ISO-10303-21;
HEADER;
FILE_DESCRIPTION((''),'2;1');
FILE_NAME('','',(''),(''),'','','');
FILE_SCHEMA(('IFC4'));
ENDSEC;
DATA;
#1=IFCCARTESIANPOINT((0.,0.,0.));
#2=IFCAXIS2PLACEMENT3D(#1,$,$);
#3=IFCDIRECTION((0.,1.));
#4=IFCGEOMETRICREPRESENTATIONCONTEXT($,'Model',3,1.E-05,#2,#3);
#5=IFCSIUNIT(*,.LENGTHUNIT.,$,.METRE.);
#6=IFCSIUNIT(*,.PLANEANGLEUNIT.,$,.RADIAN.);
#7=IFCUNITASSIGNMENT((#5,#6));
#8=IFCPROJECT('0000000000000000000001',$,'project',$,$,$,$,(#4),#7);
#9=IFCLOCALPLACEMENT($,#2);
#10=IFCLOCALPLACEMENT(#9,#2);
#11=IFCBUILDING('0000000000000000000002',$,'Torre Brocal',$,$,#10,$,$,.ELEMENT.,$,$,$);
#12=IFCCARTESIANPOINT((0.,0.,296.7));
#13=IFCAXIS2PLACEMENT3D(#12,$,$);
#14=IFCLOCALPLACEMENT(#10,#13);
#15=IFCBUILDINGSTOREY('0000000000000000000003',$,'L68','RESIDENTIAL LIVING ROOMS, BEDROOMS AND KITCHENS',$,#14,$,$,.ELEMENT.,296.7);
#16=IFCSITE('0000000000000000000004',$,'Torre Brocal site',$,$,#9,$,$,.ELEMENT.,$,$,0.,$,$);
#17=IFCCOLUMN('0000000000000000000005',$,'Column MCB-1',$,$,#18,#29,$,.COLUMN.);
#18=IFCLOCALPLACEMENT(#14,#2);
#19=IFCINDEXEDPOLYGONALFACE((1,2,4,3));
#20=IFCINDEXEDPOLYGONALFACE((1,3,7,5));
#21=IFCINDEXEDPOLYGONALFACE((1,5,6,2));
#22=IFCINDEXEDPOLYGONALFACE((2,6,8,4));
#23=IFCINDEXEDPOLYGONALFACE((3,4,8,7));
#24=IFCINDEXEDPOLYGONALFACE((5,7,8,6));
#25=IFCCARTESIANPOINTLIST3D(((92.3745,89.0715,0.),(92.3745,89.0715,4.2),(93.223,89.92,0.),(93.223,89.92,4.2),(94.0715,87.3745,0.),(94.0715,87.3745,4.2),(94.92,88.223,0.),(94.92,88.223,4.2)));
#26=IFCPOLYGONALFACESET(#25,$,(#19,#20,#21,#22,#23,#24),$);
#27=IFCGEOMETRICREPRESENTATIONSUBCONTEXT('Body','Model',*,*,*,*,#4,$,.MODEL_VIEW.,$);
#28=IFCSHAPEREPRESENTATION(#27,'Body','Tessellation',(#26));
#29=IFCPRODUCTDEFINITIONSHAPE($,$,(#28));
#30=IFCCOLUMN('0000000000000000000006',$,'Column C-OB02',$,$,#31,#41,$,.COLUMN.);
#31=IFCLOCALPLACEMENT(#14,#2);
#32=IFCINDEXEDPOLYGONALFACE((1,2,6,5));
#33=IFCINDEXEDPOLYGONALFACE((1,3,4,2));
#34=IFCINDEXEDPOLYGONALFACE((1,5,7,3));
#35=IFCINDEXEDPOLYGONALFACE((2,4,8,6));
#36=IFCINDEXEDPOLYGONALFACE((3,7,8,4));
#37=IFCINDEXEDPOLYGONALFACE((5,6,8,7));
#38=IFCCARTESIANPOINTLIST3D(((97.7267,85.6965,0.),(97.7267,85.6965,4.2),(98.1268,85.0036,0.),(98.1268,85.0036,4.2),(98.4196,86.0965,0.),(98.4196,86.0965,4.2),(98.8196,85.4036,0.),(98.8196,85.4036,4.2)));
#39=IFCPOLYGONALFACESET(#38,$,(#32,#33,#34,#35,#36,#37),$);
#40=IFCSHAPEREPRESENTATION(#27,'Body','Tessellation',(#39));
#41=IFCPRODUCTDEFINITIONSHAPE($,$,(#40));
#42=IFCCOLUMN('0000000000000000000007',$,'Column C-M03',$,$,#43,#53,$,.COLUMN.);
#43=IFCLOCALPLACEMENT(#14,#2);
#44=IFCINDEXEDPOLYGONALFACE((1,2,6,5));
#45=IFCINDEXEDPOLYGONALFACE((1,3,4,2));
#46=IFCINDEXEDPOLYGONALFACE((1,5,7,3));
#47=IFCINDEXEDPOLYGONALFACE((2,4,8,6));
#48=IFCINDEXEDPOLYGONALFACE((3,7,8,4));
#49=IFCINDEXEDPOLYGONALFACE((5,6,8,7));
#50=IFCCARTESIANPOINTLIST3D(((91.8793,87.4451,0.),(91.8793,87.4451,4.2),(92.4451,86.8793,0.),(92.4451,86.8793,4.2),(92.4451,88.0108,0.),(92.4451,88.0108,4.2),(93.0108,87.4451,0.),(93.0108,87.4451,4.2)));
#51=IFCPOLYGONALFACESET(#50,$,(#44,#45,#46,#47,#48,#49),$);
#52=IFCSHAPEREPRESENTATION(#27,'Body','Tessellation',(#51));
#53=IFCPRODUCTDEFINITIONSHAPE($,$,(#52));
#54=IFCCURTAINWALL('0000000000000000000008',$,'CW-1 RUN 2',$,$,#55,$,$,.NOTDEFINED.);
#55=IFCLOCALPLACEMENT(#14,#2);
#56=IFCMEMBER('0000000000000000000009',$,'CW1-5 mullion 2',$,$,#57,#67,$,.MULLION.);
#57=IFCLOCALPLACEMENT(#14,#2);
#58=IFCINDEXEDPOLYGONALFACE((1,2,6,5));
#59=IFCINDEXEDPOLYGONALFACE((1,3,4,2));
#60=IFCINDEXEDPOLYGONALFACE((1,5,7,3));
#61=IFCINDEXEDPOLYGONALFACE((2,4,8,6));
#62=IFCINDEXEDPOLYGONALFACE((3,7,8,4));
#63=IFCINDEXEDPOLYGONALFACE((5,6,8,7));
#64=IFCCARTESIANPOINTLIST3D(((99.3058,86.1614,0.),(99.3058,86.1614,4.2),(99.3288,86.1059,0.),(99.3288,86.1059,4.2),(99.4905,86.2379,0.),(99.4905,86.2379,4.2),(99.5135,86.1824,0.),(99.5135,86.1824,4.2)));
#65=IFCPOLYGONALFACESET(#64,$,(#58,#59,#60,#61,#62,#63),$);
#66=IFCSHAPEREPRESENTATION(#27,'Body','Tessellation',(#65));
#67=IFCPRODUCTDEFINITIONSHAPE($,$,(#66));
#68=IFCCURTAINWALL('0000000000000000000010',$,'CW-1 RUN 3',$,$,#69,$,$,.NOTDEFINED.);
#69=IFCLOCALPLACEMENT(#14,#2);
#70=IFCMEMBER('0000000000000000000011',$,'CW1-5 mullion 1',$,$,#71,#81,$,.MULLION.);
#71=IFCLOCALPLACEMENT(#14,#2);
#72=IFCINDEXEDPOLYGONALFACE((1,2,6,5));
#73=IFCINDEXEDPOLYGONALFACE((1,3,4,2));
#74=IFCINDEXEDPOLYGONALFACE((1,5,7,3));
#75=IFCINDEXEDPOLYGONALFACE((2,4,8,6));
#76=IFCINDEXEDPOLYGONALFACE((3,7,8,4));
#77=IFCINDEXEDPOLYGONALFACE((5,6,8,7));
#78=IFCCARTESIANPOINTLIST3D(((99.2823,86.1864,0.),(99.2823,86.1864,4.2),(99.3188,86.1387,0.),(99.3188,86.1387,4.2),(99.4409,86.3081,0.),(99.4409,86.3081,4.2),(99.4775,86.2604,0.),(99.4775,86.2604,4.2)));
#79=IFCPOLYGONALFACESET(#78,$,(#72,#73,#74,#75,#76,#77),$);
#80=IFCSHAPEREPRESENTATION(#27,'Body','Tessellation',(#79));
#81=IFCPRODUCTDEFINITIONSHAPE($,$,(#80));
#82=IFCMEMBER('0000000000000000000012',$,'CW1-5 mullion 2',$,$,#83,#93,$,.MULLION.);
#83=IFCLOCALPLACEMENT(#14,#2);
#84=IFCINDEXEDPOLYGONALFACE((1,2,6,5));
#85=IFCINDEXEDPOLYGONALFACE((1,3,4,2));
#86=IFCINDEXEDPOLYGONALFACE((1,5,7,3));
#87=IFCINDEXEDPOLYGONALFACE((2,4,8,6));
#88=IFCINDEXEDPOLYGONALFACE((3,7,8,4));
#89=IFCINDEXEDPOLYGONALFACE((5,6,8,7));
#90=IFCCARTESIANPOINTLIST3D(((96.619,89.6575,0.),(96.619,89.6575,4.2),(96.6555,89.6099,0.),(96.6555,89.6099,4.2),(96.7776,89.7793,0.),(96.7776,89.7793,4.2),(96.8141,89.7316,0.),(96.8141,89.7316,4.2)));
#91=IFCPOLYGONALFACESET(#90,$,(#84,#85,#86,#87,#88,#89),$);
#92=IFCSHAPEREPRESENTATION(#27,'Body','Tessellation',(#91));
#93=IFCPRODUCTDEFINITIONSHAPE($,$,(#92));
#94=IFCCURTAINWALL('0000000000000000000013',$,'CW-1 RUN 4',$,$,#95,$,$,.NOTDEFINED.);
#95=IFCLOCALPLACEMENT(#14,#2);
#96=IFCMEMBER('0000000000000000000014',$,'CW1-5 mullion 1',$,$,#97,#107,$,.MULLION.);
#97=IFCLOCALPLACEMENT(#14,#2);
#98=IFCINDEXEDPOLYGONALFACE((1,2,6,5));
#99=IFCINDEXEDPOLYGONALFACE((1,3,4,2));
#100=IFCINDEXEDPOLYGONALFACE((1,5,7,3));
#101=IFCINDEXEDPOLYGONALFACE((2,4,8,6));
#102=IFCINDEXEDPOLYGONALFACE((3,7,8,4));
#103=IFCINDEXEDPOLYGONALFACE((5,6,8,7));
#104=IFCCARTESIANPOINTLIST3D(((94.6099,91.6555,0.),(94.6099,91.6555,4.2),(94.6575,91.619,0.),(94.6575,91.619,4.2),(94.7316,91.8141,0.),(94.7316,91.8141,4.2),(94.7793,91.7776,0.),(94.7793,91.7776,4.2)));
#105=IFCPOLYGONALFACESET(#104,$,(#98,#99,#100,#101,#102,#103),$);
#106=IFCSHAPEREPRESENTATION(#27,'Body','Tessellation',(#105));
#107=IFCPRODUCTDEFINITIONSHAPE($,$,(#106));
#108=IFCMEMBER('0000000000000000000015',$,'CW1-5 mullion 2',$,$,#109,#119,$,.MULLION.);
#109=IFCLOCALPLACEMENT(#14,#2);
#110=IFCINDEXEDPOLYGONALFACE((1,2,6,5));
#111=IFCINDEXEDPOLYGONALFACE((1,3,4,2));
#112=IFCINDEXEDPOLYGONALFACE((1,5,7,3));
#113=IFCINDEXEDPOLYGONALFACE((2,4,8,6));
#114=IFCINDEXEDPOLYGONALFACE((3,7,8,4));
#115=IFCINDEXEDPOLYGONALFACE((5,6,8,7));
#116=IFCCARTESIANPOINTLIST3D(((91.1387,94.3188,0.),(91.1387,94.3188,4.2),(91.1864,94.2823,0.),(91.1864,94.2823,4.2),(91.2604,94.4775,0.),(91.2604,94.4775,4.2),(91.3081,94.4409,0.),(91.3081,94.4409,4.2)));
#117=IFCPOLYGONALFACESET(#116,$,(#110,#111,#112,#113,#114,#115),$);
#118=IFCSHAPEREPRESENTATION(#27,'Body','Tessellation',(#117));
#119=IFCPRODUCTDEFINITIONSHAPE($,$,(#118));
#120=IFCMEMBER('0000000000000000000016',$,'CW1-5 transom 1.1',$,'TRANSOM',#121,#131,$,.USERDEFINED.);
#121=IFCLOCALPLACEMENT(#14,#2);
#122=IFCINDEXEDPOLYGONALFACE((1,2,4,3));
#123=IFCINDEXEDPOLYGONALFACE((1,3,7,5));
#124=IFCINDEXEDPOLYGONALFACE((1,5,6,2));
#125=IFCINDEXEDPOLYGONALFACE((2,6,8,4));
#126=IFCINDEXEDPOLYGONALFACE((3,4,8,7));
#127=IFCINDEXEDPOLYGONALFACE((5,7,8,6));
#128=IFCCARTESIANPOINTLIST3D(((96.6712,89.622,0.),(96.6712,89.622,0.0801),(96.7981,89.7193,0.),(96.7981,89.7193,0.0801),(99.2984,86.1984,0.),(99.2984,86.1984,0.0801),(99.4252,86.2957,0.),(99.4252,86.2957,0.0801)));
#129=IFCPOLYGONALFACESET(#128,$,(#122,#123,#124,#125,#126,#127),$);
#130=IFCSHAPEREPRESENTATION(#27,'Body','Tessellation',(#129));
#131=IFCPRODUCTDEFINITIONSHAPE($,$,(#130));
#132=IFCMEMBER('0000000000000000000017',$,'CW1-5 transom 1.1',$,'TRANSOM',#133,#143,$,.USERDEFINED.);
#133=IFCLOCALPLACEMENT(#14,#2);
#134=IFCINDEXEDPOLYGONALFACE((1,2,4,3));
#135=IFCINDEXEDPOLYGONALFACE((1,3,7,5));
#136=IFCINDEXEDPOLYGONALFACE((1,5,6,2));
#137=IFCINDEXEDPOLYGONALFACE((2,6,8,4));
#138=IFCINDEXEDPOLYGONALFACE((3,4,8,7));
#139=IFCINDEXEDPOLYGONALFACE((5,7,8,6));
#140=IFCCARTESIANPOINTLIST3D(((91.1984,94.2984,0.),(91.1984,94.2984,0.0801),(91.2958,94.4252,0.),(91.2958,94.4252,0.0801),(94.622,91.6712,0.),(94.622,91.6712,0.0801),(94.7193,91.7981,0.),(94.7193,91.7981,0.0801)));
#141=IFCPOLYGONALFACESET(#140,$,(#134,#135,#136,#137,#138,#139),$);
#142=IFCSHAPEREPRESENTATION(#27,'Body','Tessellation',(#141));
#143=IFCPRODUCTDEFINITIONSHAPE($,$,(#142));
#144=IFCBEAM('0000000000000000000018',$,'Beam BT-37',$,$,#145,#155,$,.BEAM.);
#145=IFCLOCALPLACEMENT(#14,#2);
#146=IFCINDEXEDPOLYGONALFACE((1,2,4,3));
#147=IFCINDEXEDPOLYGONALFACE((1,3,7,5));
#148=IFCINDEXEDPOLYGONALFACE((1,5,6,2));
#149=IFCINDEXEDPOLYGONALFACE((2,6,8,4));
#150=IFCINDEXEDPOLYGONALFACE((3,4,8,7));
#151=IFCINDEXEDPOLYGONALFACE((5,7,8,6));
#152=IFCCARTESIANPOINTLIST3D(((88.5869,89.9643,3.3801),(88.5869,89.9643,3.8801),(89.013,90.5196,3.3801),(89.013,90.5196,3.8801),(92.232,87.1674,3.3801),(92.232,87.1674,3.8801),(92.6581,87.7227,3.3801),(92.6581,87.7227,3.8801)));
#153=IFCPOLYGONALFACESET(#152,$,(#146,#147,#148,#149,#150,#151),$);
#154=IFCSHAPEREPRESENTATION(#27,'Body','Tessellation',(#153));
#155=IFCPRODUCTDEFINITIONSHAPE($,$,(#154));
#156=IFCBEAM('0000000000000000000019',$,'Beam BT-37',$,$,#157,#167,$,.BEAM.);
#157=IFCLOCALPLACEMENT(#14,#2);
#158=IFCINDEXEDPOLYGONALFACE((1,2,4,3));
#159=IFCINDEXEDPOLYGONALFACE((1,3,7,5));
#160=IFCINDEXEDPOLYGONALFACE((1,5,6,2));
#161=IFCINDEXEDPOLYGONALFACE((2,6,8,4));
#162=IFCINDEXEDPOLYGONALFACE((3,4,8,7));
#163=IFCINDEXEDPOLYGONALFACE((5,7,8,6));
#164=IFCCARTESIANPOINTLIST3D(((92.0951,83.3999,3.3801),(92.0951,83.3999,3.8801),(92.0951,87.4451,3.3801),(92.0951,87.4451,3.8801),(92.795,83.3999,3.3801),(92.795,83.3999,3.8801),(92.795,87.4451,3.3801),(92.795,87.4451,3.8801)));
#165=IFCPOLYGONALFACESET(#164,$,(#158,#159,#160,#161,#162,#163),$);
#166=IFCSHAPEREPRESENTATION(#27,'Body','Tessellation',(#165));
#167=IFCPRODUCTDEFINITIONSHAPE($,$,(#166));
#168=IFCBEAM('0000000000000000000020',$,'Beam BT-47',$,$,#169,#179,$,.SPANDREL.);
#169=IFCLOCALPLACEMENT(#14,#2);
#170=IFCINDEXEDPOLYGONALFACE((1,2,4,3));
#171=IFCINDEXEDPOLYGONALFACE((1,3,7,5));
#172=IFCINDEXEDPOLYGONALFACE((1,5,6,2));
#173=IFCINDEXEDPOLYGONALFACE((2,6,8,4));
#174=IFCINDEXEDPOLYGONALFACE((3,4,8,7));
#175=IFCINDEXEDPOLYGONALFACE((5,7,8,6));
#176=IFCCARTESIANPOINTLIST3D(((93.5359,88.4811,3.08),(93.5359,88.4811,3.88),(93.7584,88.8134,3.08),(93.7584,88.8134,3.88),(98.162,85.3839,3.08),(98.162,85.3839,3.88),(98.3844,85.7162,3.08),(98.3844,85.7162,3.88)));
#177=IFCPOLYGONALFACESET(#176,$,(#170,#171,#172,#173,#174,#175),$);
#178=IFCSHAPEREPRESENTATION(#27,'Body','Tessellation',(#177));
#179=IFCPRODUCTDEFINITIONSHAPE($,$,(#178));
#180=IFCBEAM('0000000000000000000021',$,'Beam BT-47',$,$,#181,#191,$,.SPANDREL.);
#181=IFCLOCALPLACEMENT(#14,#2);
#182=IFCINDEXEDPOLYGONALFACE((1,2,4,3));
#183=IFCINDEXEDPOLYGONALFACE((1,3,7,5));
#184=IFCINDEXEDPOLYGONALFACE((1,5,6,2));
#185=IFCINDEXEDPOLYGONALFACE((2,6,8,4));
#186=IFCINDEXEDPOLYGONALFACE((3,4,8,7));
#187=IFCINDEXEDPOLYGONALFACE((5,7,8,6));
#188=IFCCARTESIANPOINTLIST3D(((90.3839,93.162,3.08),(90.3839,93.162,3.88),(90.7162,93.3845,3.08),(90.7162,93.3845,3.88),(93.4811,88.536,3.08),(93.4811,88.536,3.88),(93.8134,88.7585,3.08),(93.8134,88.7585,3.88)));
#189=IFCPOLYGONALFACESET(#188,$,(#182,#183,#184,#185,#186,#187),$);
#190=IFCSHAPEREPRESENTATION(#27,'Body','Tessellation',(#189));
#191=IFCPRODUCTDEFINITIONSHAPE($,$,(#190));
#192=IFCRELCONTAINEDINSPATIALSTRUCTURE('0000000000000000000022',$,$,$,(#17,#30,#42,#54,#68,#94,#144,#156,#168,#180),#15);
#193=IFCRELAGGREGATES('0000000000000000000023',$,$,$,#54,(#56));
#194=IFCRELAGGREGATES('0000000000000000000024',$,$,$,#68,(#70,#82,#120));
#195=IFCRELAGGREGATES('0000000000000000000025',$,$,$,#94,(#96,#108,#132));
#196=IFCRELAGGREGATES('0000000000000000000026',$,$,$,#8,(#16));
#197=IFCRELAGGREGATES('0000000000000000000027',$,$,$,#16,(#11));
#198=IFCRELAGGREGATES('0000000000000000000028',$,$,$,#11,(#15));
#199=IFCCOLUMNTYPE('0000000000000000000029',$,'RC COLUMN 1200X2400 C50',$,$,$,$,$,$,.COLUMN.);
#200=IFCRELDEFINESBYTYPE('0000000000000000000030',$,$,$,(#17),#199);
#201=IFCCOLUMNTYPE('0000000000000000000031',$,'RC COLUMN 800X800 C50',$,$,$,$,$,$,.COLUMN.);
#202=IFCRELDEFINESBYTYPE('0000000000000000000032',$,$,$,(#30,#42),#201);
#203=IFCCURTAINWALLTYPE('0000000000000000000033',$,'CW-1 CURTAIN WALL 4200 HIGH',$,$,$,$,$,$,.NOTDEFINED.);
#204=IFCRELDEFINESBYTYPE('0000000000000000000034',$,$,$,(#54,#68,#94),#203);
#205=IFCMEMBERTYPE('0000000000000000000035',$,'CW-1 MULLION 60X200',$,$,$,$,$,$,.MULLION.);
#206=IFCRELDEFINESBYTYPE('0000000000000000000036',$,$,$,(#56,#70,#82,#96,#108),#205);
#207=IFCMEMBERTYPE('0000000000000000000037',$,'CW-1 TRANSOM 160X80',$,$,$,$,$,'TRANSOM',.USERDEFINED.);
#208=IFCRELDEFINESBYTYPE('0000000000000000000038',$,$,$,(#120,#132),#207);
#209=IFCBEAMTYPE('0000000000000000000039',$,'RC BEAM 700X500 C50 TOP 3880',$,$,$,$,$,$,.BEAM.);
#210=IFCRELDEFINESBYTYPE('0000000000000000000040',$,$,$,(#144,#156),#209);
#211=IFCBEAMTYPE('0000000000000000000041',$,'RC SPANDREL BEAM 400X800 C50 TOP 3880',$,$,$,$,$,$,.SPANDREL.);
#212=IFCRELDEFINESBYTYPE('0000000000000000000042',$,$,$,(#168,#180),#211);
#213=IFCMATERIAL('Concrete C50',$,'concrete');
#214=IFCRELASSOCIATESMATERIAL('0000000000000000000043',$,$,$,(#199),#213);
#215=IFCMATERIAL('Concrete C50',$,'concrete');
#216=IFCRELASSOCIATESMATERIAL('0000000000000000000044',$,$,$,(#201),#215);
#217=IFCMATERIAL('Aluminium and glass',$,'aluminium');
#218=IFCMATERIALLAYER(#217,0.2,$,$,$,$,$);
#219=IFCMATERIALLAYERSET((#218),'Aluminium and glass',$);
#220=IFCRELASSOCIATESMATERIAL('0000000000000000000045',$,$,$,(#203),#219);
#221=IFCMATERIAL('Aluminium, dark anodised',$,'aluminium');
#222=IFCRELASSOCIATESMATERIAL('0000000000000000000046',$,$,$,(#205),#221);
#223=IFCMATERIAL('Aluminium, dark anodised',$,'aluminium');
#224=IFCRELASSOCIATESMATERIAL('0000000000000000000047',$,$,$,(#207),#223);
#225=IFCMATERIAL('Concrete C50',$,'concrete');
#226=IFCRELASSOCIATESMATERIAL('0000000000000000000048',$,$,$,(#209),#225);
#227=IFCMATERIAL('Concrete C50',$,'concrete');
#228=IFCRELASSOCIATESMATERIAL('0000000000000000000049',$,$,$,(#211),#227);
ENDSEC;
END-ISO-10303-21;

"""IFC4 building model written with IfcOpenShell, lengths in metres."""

from ifc_helpers import new_model, si_unit, direction, frame, origin, origin_2d, place, context, subcontext, project, spatial, rectangle, extrude, material, layer, layer_set, material_profile, profile_set, type_object, element, aggregate, save


model = new_model("IFC4")

# Units and contexts
model_context = context("Model", 3, precision=1e-05, world=origin(), true_north=direction((0.0, 1.0)))
body_context = subcontext(model_context, "Body", "Model", "MODEL_VIEW")
ifc_project = project(units=[si_unit("LENGTHUNIT", "METRE"), si_unit("PLANEANGLEUNIT", "RADIAN")], contexts=[model_context])

# Site, building, storey
site_placement = place(None, origin())
site = spatial("IfcSite", under=ifc_project, at=site_placement, Name="Torre Brocal site", CompositionType="ELEMENT", RefElevation=0.0)
building_placement = place(site_placement, origin())
building = spatial("IfcBuilding", under=site, at=building_placement, Name="Torre Brocal", CompositionType="ELEMENT")
storey_placement = place(building_placement, frame((0.0, 0.0, 296.7)))
storey = spatial("IfcBuildingStorey", under=building, at=storey_placement, Name="L68", Description="RESIDENTIAL LIVING ROOMS, BEDROOMS AND KITCHENS", CompositionType="ELEMENT", Elevation=296.7)

# Columns
ifc_material_1 = material(Name="Concrete C50", Category="concrete")
ifc_material_profile_1 = material_profile(ifc_material_1, rectangle(XDim=1.2, YDim=2.3999, at=origin_2d()), Name="RC 1200X2400")
ifc_profile_set_1 = profile_set([ifc_material_profile_1], Name="Concrete C50")
column_type_1 = type_object("IfcColumnType", Name="RC COLUMN 1200X2400 C50", PredefinedType="COLUMN", material=ifc_profile_set_1)
column_placement = place(storey_placement, frame((93.6472, 88.6472, 0.0), z_axis=(0.0, 0.0, 1.0), x_axis=(0.707107, 0.707107, 0.0)))
element("IfcColumn", 1, at=column_placement, inside=storey, type_object=column_type_1, Name="Column MCB-1", PredefinedType="COLUMN", context=body_context, shape_type="SweptSolid", body=[
    extrude(rectangle(XDim=1.2, YDim=2.3999, at=origin_2d()), origin(), (0.0, 0.0, 1.0), 4.2),
])
ifc_material_2 = material(Name="Concrete C50", Category="concrete")
ifc_material_profile_2 = material_profile(ifc_material_2, rectangle(XDim=0.8, YDim=0.8, at=origin_2d()), Name="RC 800X800")
ifc_profile_set_2 = profile_set([ifc_material_profile_2], Name="Concrete C50")
column_type_2 = type_object("IfcColumnType", Name="RC COLUMN 800X800 C50", PredefinedType="COLUMN", material=ifc_profile_set_2)
for number, where, z_axis, x_axis, name in (
    (2, (98.2732, 85.55, 0.0), (0.0, 0.0, 1.0), (0.866025, 0.5, 0.0), "Column C-OB02"),
    (3, (92.4451, 87.4451, 0.0), (0.0, 0.0, 1.0), (0.707107, 0.707107, 0.0), "Column C-M03"),
):
    element("IfcColumn", number, at=place(storey_placement, frame(where, z_axis=z_axis, x_axis=x_axis)), inside=storey, type_object=column_type_2, Name=name, PredefinedType="COLUMN", context=body_context, shape_type="SweptSolid", body=[
        extrude(rectangle(XDim=0.8, YDim=0.8, at=origin_2d()), origin(), (0.0, 0.0, 1.0), 4.2),
    ])

# Curtain wall, member
ifc_material_3 = material(Name="Aluminium and glass", Category="aluminium")
ifc_layer_1 = layer(ifc_material_3, 0.2)
ifc_layer_set_1 = layer_set([ifc_layer_1], Name="Aluminium and glass")
curtain_wall_type = type_object("IfcCurtainWallType", Name="CW-1 CURTAIN WALL 4200 HIGH", PredefinedType="NOTDEFINED", material=ifc_layer_set_1)
curtain_wall_1_placement = place(storey_placement, origin())
curtain_wall_1 = element("IfcCurtainWall", 4, at=curtain_wall_1_placement, inside=storey, type_object=curtain_wall_type, Name="CW-1 RUN 2", PredefinedType="NOTDEFINED")
ifc_material_4 = material(Name="Aluminium, dark anodised", Category="aluminium")
ifc_material_profile_3 = material_profile(ifc_material_4, rectangle(XDim=0.2, YDim=0.0601, at=origin_2d()), Name="CW-1 MULLION 60X200")
ifc_profile_set_3 = profile_set([ifc_material_profile_3], Name="Aluminium, dark anodised")
member_type_1 = type_object("IfcMemberType", Name="CW-1 MULLION 60X200", PredefinedType="MULLION", material=ifc_profile_set_3)
member_1_placement = place(storey_placement, frame((99.4097, 86.1719, 0.0), z_axis=(0.0, 0.0, 1.0), x_axis=(-0.92388, -0.382683, 0.0)))
member_1 = element("IfcMember", 5, at=member_1_placement, type_object=member_type_1, Name="CW1-5 mullion 2", PredefinedType="MULLION", context=body_context, shape_type="SweptSolid", body=[
    extrude(rectangle(XDim=0.2, YDim=0.0601, at=origin_2d()), origin(), (0.0, 0.0, 1.0), 4.2),
])
aggregate(curtain_wall_1, [member_1])

# Curtain walls, members
curtain_wall_2_placement = place(storey_placement, origin())
curtain_wall_2 = element("IfcCurtainWall", 6, at=curtain_wall_2_placement, inside=storey, type_object=curtain_wall_type, Name="CW-1 RUN 3", PredefinedType="NOTDEFINED")
member_2_placement = place(storey_placement, frame((99.3799, 86.2234, 0.0), z_axis=(0.0, 0.0, 1.0), x_axis=(-0.793353, -0.608761, 0.0)))
member_2 = element("IfcMember", 7, at=member_2_placement, type_object=member_type_1, Name="CW1-5 mullion 1", PredefinedType="MULLION", context=body_context, shape_type="SweptSolid", body=[
    extrude(rectangle(XDim=0.2, YDim=0.0601, at=origin_2d()), origin(), (0.0, 0.0, 1.0), 4.2),
])
member_3_placement = place(storey_placement, frame((96.7166, 89.6946, 0.0), z_axis=(0.0, 0.0, 1.0), x_axis=(-0.793353, -0.608761, 0.0)))
member_3 = element("IfcMember", 8, at=member_3_placement, type_object=member_type_1, Name="CW1-5 mullion 2", PredefinedType="MULLION", context=body_context, shape_type="SweptSolid", body=[
    extrude(rectangle(XDim=0.2, YDim=0.0601, at=origin_2d()), origin(), (0.0, 0.0, 1.0), 4.2),
])
curtain_wall_3_placement = place(storey_placement, origin())
curtain_wall_3 = element("IfcCurtainWall", 9, at=curtain_wall_3_placement, inside=storey, type_object=curtain_wall_type, Name="CW-1 RUN 4", PredefinedType="NOTDEFINED")
member_4_placement = place(storey_placement, frame((94.6946, 91.7166, 0.0), z_axis=(0.0, 0.0, 1.0), x_axis=(-0.608761, -0.793353, 0.0)))
member_4 = element("IfcMember", 10, at=member_4_placement, type_object=member_type_1, Name="CW1-5 mullion 1", PredefinedType="MULLION", context=body_context, shape_type="SweptSolid", body=[
    extrude(rectangle(XDim=0.2, YDim=0.0601, at=origin_2d()), origin(), (0.0, 0.0, 1.0), 4.2),
])
member_5_placement = place(storey_placement, frame((91.2234, 94.3799, 0.0), z_axis=(0.0, 0.0, 1.0), x_axis=(-0.608761, -0.793353, 0.0)))
member_5 = element("IfcMember", 11, at=member_5_placement, type_object=member_type_1, Name="CW1-5 mullion 2", PredefinedType="MULLION", context=body_context, shape_type="SweptSolid", body=[
    extrude(rectangle(XDim=0.2, YDim=0.0601, at=origin_2d()), origin(), (0.0, 0.0, 1.0), 4.2),
])

# Members
ifc_material_5 = material(Name="Aluminium, dark anodised", Category="aluminium")
ifc_material_profile_4 = material_profile(ifc_material_5, rectangle(XDim=0.1599, YDim=0.0801, at=origin_2d()), Name="CW-1 TRANSOM 160X80")
ifc_profile_set_4 = profile_set([ifc_material_profile_4], Name="Aluminium, dark anodised")
member_type_2 = type_object("IfcMemberType", Name="CW-1 TRANSOM 160X80", ElementType="TRANSOM", PredefinedType="USERDEFINED", material=ifc_profile_set_4)
member_6_placement = place(storey_placement, frame((99.3618, 86.2471, 0.04), z_axis=(-0.608789, 0.793332, 0.0), x_axis=(-0.793332, -0.608789, 0.0)))
member_6 = element("IfcMember", 12, at=member_6_placement, type_object=member_type_2, Name="CW1-5 transom 1.1", ObjectType="TRANSOM", PredefinedType="USERDEFINED", context=body_context, shape_type="SweptSolid", body=[
    extrude(rectangle(XDim=0.1599, YDim=0.0801, at=origin_2d()), origin(), (0.0, 0.0, 1.0), 4.3154),
])
member_7_placement = place(storey_placement, frame((94.6707, 91.7346, 0.04), z_axis=(-0.793332, 0.608789, 0.0), x_axis=(-0.608789, -0.793332, 0.0)))
member_7 = element("IfcMember", 13, at=member_7_placement, type_object=member_type_2, Name="CW1-5 transom 1.1", ObjectType="TRANSOM", PredefinedType="USERDEFINED", context=body_context, shape_type="SweptSolid", body=[
    extrude(rectangle(XDim=0.1599, YDim=0.0801, at=origin_2d()), origin(), (0.0, 0.0, 1.0), 4.3154),
])

# Beams
ifc_material_6 = material(Name="Concrete C50", Category="concrete")
ifc_material_profile_5 = material_profile(ifc_material_6, rectangle(XDim=0.7, YDim=0.5, at=origin_2d()), Name="RC 700X500")
ifc_profile_set_5 = profile_set([ifc_material_profile_5], Name="Concrete C50")
beam_type_1 = type_object("IfcBeamType", Name="RC BEAM 700X500 C50 TOP 3880", PredefinedType="BEAM", material=ifc_profile_set_5)
beam_1_placement = place(storey_placement, frame((92.4451, 87.4451, 3.6301), z_axis=(-0.793358, 0.608755, 0.0), x_axis=(-0.608755, -0.793358, 0.0)))
element("IfcBeam", 14, at=beam_1_placement, inside=storey, type_object=beam_type_1, Name="Beam BT-37", PredefinedType="BEAM", context=body_context, shape_type="SweptSolid", body=[
    extrude(rectangle(XDim=0.7, YDim=0.5, at=origin_2d()), origin(), (0.0, 0.0, 1.0), 4.5945),
])
beam_2_placement = place(storey_placement, frame((92.4451, 87.4451, 3.6301), z_axis=(0.0, -1.0, 0.0), x_axis=(1.0, 0.0, 0.0)))
element("IfcBeam", 15, at=beam_2_placement, inside=storey, type_object=beam_type_1, Name="Beam BT-37", PredefinedType="BEAM", context=body_context, shape_type="SweptSolid", body=[
    extrude(rectangle(XDim=0.7, YDim=0.5, at=origin_2d()), origin(), (0.0, 0.0, 1.0), 4.0452),
])
ifc_material_7 = material(Name="Concrete C50", Category="concrete")
ifc_material_profile_6 = material_profile(ifc_material_7, rectangle(XDim=0.3999, YDim=0.8, at=origin_2d()), Name="RC 400X800")
ifc_profile_set_6 = profile_set([ifc_material_profile_6], Name="Concrete C50")
beam_type_2 = type_object("IfcBeamType", Name="RC SPANDREL BEAM 400X800 C50 TOP 3880", PredefinedType="SPANDREL", material=ifc_profile_set_6)
for number, where, z_axis, x_axis, name in (
    (16, (98.2732, 85.55, 3.48), (-0.830956, 0.556339, 0.0), (-0.556339, -0.830956, 0.0), "Beam BT-47"),
    (17, (93.6472, 88.6472, 3.48), (-0.556339, 0.830956, 0.0), (-0.830956, -0.556339, 0.0), "Beam BT-47"),
):
    element("IfcBeam", number, at=place(storey_placement, frame(where, z_axis=z_axis, x_axis=x_axis)), inside=storey, type_object=beam_type_2, Name=name, PredefinedType="SPANDREL", context=body_context, shape_type="SweptSolid", body=[
        extrude(rectangle(XDim=0.3999, YDim=0.8, at=origin_2d()), origin(), (0.0, 0.0, 1.0), 5.5671),
    ])

aggregate(curtain_wall_2, [member_2, member_3, member_6])
aggregate(curtain_wall_3, [member_4, member_5, member_7])

save(model, "model.ifc")
